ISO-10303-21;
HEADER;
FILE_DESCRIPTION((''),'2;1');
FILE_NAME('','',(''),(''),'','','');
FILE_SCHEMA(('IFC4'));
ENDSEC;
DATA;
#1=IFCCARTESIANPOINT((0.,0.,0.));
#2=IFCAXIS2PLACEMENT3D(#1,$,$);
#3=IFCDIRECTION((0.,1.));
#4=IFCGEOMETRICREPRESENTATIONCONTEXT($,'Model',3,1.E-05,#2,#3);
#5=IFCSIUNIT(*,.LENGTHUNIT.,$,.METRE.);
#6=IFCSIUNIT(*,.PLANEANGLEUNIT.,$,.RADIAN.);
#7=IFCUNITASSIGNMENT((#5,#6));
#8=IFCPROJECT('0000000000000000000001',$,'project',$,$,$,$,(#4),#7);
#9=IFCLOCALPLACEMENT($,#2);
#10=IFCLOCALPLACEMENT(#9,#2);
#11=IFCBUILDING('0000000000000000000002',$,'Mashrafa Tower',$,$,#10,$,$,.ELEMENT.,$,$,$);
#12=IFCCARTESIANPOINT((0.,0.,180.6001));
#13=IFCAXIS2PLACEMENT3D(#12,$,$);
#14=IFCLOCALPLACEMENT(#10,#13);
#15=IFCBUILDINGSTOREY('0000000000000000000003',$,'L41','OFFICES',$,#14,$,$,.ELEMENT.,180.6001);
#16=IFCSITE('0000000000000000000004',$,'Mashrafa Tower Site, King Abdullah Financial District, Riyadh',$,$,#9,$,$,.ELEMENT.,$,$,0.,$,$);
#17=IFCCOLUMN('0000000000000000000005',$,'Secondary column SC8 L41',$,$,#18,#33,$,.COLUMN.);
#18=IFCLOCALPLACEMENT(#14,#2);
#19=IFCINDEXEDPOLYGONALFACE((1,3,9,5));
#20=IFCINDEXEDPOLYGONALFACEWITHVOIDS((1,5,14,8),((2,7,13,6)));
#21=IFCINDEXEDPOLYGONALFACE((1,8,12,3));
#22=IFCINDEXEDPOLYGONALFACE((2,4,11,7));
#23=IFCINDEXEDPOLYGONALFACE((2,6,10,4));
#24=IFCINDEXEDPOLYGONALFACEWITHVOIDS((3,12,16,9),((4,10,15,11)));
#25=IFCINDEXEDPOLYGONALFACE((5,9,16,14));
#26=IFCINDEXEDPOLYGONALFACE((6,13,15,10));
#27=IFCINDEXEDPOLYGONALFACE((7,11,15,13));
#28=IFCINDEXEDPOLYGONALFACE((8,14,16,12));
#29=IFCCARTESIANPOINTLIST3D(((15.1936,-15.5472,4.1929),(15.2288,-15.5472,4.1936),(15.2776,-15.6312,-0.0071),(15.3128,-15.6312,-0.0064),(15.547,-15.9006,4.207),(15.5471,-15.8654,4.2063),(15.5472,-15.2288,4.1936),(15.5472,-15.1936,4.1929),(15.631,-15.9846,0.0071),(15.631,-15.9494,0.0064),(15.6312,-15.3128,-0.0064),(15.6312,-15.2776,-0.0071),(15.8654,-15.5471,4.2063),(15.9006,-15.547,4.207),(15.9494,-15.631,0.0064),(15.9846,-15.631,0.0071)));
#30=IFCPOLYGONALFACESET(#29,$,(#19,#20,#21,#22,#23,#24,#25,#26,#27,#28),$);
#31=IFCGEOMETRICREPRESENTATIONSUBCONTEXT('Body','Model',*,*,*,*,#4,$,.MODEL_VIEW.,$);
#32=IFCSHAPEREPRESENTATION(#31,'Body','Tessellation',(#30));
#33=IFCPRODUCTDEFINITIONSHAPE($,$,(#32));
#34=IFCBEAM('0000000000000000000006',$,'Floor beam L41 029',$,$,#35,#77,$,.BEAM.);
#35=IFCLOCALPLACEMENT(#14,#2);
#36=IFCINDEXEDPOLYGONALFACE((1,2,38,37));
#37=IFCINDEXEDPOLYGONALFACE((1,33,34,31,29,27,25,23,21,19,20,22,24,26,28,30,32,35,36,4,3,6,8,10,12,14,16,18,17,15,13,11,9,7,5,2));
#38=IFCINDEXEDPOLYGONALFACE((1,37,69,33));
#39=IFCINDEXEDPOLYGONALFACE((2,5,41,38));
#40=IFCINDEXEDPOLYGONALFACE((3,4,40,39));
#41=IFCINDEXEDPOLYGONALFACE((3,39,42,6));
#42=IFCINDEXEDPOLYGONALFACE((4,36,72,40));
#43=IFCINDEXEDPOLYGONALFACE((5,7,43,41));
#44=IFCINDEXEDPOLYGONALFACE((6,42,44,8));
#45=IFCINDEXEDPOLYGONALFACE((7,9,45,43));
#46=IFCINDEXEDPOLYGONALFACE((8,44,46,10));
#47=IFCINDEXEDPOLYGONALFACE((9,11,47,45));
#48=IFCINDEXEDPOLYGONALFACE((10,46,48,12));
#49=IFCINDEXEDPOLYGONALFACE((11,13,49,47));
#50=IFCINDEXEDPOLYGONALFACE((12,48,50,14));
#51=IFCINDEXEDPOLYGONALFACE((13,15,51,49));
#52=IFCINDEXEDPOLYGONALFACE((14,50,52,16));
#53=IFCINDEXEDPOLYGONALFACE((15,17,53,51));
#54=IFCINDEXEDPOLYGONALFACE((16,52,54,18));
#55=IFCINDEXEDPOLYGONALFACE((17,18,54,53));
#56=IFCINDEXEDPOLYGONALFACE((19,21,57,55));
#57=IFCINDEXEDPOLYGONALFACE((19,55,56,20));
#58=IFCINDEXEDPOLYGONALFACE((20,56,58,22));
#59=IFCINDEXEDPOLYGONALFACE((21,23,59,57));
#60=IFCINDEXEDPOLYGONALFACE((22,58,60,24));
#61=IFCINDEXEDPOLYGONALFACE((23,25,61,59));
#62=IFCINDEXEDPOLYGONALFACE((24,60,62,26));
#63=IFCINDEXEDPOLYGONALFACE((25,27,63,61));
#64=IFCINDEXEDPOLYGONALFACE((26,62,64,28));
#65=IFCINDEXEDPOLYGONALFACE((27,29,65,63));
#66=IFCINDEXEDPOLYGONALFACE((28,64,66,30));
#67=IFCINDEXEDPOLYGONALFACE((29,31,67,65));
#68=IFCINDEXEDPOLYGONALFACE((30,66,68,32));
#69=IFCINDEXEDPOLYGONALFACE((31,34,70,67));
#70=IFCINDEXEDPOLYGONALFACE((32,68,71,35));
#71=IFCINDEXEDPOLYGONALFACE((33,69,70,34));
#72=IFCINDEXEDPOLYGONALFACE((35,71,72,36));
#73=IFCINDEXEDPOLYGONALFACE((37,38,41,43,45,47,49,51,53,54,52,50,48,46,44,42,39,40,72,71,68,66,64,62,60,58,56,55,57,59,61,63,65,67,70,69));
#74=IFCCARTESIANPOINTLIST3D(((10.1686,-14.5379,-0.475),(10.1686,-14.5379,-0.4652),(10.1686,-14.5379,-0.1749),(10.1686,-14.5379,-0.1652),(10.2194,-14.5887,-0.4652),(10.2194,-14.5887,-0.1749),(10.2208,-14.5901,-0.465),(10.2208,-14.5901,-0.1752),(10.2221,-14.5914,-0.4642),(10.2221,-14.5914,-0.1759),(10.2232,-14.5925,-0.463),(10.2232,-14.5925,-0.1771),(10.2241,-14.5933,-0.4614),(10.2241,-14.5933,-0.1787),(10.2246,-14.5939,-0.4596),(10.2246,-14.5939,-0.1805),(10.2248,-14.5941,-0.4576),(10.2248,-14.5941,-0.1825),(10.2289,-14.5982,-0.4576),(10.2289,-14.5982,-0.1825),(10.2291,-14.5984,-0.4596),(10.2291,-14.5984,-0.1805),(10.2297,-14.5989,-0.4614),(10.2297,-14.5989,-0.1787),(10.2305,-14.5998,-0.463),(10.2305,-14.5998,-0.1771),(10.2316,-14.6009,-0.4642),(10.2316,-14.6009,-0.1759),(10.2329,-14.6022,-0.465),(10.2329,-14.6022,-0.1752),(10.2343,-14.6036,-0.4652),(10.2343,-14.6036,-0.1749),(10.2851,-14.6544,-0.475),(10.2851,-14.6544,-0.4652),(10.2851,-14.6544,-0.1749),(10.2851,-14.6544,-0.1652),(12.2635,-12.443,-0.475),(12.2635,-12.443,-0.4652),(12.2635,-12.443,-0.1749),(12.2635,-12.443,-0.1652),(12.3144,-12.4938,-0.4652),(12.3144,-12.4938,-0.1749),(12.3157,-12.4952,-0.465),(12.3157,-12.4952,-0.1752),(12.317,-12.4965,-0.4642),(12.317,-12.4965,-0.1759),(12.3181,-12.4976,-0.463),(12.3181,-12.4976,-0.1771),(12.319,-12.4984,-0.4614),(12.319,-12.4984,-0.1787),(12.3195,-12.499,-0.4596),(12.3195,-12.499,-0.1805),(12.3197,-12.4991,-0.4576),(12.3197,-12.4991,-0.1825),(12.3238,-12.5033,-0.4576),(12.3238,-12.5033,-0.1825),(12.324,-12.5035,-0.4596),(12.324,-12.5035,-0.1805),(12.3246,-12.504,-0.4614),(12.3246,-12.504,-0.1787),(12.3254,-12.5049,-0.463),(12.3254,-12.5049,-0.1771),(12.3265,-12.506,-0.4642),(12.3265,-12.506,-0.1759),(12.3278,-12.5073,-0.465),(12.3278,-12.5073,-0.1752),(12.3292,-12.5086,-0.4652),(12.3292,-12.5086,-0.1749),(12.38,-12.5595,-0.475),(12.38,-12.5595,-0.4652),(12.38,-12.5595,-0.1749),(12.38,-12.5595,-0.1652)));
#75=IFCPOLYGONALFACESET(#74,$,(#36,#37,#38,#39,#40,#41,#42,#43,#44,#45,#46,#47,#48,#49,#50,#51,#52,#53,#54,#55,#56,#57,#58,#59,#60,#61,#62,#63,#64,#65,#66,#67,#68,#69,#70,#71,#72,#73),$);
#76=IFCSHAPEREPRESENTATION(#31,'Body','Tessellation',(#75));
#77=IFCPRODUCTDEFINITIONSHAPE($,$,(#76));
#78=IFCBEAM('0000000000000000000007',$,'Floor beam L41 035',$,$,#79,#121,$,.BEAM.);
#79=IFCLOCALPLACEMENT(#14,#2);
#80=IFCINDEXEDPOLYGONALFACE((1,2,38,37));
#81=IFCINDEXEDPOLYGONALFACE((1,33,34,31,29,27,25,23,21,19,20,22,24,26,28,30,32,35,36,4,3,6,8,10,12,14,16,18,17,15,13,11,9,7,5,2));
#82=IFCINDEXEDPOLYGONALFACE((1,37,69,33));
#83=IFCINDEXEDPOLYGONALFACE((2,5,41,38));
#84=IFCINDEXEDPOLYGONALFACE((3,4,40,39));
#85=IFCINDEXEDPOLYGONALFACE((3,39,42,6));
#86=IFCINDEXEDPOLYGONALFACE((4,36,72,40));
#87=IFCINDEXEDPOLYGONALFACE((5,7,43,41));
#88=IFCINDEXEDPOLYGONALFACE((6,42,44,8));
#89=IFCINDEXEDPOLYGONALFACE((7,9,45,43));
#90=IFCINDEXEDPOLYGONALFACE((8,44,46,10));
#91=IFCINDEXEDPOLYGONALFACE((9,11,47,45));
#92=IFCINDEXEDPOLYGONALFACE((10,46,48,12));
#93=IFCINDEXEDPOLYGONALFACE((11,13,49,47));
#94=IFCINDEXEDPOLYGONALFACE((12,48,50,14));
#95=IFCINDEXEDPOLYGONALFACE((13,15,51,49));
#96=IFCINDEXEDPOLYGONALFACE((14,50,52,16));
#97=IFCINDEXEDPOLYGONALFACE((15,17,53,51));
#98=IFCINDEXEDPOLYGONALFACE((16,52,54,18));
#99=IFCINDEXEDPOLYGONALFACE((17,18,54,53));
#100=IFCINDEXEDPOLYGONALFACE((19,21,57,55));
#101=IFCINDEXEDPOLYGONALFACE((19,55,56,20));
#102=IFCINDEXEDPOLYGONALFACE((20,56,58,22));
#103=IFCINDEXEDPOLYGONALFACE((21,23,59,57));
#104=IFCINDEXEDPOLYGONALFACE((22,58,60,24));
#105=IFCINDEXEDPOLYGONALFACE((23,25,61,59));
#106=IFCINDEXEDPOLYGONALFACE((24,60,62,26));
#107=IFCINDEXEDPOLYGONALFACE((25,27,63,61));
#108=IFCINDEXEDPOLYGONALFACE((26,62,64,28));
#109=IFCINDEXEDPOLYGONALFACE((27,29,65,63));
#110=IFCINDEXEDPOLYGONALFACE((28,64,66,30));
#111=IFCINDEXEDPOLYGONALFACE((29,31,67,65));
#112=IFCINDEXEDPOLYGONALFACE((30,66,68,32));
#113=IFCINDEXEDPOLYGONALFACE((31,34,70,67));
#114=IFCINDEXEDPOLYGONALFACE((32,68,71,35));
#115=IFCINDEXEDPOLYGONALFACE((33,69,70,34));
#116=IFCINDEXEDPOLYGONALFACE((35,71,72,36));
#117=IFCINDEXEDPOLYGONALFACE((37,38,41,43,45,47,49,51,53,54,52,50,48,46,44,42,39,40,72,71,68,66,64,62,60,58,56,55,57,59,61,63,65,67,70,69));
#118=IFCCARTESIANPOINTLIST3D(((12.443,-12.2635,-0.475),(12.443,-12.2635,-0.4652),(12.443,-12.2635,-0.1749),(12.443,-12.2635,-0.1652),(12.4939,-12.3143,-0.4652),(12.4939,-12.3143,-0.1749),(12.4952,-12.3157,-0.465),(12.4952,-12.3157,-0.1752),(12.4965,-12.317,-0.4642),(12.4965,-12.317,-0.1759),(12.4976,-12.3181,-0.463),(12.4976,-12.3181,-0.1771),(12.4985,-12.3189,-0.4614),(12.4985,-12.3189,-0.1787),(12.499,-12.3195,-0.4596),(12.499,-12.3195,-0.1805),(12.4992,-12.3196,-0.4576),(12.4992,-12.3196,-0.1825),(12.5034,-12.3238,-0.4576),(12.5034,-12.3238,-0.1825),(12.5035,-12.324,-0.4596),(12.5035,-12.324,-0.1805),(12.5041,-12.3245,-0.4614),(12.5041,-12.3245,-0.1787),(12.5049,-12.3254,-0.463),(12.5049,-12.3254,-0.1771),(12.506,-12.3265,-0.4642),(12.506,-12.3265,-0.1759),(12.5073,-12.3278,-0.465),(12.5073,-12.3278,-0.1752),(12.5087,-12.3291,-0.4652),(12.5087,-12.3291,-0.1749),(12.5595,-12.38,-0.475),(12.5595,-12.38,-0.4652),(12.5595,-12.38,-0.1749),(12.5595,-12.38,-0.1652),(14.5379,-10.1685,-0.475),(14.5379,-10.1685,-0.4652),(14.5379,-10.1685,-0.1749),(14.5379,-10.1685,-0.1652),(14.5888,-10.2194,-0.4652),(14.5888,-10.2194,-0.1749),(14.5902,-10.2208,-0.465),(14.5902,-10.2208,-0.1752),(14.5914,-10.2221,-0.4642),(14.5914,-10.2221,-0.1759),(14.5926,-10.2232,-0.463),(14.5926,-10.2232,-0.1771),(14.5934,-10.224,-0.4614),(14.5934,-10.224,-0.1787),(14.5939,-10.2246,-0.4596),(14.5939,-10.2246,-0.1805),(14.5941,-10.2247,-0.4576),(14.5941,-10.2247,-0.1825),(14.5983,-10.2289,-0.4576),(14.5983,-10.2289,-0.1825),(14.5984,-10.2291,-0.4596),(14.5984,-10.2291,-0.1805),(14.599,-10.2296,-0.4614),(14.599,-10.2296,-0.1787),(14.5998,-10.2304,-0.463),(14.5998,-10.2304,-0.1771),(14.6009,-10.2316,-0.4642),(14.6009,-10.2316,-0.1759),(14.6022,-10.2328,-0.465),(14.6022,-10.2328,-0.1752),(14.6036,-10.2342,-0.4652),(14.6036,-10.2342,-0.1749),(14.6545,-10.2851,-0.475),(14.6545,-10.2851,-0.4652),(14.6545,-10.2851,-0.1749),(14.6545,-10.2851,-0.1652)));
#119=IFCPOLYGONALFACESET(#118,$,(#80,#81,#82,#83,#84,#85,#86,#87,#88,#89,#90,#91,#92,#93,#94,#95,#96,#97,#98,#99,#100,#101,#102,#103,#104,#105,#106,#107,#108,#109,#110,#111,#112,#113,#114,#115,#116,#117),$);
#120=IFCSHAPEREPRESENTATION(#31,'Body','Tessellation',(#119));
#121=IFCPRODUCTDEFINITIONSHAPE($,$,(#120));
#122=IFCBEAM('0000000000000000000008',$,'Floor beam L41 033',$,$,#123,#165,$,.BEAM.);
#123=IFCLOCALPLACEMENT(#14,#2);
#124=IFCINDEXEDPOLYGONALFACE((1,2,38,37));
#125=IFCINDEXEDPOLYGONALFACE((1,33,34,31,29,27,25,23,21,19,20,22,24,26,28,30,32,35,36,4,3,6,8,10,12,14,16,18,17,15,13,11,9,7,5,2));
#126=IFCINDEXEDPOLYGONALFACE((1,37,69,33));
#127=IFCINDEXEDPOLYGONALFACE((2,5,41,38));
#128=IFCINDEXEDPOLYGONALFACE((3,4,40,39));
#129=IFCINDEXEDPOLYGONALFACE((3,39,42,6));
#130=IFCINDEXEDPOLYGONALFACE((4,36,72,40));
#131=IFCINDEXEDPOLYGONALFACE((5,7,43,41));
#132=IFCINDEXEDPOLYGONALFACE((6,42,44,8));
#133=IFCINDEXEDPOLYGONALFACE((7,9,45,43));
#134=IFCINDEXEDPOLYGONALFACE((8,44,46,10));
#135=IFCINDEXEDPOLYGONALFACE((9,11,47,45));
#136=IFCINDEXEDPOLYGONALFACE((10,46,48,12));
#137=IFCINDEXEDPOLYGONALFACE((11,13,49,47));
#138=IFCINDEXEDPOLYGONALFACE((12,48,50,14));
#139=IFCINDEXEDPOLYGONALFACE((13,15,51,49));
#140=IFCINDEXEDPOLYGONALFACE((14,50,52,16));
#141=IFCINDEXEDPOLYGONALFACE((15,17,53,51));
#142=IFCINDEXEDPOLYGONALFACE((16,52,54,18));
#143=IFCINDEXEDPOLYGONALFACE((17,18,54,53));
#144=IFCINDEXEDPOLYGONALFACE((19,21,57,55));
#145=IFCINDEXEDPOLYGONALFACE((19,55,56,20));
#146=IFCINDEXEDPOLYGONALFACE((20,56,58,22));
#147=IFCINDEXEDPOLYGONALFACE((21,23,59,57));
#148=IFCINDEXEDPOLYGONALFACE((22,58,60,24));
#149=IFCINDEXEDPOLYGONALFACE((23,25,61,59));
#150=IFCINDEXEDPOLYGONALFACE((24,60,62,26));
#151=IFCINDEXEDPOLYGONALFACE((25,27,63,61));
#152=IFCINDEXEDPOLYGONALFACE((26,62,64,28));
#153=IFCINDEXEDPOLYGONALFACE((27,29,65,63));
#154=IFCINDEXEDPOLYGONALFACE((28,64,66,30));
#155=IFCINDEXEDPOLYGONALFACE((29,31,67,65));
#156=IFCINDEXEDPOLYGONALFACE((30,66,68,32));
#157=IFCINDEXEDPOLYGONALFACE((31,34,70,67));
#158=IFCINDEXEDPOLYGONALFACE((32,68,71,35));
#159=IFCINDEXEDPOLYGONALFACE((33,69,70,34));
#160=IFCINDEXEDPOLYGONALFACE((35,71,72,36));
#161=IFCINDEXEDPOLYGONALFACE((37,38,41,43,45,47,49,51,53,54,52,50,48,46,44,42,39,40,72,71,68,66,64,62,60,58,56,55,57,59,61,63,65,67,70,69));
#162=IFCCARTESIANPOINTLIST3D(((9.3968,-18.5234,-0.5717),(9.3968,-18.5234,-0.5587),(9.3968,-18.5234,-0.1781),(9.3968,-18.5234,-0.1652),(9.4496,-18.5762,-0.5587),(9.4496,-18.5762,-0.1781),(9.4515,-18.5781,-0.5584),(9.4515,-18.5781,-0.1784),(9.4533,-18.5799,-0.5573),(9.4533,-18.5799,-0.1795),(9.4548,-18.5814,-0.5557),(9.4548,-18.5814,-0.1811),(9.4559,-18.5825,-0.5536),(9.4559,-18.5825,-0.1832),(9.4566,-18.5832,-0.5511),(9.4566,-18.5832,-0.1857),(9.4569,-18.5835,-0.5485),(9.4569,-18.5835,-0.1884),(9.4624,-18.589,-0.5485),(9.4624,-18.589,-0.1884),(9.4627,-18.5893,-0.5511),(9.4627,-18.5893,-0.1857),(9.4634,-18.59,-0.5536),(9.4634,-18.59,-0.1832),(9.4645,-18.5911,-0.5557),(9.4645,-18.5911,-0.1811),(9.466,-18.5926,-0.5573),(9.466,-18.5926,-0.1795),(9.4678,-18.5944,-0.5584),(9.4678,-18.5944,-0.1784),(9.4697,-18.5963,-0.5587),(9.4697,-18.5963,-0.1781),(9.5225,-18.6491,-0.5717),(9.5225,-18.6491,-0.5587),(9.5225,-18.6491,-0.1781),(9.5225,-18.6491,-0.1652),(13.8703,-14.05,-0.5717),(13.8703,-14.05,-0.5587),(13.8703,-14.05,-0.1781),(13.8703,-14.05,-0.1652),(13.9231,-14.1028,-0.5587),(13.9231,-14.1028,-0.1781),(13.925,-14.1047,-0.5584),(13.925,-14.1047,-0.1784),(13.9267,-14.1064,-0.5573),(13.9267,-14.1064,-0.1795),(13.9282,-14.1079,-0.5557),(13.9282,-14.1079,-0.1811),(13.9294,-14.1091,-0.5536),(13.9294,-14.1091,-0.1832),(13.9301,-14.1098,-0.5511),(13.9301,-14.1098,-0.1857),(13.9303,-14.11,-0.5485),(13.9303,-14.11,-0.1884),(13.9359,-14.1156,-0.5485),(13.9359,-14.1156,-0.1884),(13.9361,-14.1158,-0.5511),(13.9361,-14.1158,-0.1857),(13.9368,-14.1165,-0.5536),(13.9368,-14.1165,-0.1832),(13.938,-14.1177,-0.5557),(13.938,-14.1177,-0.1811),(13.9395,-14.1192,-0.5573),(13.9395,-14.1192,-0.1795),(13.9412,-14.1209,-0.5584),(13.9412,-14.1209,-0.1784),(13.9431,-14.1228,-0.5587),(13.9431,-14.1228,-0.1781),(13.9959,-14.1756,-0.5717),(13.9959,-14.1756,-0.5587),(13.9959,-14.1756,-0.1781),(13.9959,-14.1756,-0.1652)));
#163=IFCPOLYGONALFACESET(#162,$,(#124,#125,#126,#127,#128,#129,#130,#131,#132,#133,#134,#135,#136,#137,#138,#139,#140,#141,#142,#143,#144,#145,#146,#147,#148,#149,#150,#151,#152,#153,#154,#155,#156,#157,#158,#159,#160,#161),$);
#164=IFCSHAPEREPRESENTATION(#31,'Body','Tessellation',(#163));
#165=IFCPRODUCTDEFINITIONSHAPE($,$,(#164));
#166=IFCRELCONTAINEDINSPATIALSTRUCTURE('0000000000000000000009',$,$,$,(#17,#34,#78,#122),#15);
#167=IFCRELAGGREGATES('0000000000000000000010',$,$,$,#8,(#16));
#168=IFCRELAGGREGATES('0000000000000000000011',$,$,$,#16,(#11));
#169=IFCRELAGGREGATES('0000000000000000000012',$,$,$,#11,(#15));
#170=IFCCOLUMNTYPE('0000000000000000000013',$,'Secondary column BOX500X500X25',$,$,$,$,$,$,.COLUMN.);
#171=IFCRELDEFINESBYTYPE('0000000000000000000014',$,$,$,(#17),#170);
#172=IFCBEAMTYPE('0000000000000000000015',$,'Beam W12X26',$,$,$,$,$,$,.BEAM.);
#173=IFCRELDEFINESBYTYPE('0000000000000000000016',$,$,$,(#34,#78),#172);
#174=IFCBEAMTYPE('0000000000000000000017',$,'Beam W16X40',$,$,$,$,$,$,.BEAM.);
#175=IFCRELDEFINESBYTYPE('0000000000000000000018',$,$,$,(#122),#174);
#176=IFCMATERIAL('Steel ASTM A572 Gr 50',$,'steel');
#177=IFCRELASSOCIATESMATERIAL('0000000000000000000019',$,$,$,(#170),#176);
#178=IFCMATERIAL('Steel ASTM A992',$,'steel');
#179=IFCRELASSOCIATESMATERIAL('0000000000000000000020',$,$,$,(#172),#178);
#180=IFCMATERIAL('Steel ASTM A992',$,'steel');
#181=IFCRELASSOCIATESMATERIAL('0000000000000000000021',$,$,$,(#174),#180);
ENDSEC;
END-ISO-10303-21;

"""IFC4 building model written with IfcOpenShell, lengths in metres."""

from ifc_helpers import new_model, si_unit, direction, frame, origin, origin_2d, place, context, subcontext, project, spatial, hollow_rectangle, i_section, extrude, material, material_profile, profile_set, type_object, element, save


model = new_model("IFC4")

# Units and contexts
model_context = context("Model", 3, precision=1e-05, world=origin(), true_north=direction((0.0, 1.0)))
body_context = subcontext(model_context, "Body", "Model", "MODEL_VIEW")
ifc_project = project(units=[si_unit("LENGTHUNIT", "METRE"), si_unit("PLANEANGLEUNIT", "RADIAN")], contexts=[model_context])

# Site, building, storey
site_placement = place(None, origin())
site = spatial("IfcSite", under=ifc_project, at=site_placement, Name="Mashrafa Tower Site, King Abdullah Financial District, Riyadh", CompositionType="ELEMENT", RefElevation=0.0)
building_placement = place(site_placement, origin())
building = spatial("IfcBuilding", under=site, at=building_placement, Name="Mashrafa Tower", CompositionType="ELEMENT")
storey_placement = place(building_placement, frame((0.0, 0.0, 180.6001)))
storey = spatial("IfcBuildingStorey", under=building, at=storey_placement, Name="L41", Description="OFFICES", CompositionType="ELEMENT", Elevation=180.6001)

# Column
ifc_material_1 = material(Name="Steel ASTM A572 Gr 50", Category="steel")
ifc_material_profile_1 = material_profile(ifc_material_1, hollow_rectangle(XDim=0.5, YDim=0.5, WallThickness=0.0249, at=origin_2d()), Name="BOX500X500X25")
ifc_profile_set_1 = profile_set([ifc_material_profile_1], Name="Steel ASTM A572 Gr 50")
column_type = type_object("IfcColumnType", Name="Secondary column BOX500X500X25", PredefinedType="COLUMN", material=ifc_profile_set_1)
column_placement = place(storey_placement, frame((15.6311, -15.6311, 0.0), z_axis=(-0.019989, 0.019989, 0.9996), x_axis=(-0.707107, -0.707107, 0.0)))
element("IfcColumn", 1, at=column_placement, inside=storey, type_object=column_type, Name="Secondary column SC8 L41", PredefinedType="COLUMN", context=body_context, shape_type="SweptSolid", body=[
    extrude(hollow_rectangle(XDim=0.5, YDim=0.5, WallThickness=0.0249, at=origin_2d()), origin(), (0.0, 0.0, 1.0), 4.2017),
])

# Beams
ifc_material_2 = material(Name="Steel ASTM A992", Category="steel")
ifc_material_profile_2 = material_profile(ifc_material_2, i_section(OverallWidth=0.1648, OverallDepth=0.3098, WebThickness=0.0059, FlangeThickness=0.0098, FilletRadius=0.0076, at=origin_2d()), Name="W12X26")
ifc_profile_set_2 = profile_set([ifc_material_profile_2], Name="Steel ASTM A992")
beam_type_1 = type_object("IfcBeamType", Name="Beam W12X26", PredefinedType="BEAM", material=ifc_profile_set_2)
for number, where, z_axis, x_axis, name in (
    (2, (12.3218, -12.5012, -0.3201), (-0.707107, -0.707107, 0.0), (0.707107, -0.707107, 0.0), "Floor beam L41 029"),
    (3, (14.5962, -10.2268, -0.3201), (-0.707107, -0.707107, 0.0), (0.707107, -0.707107, 0.0), "Floor beam L41 035"),
):
    element("IfcBeam", number, at=place(storey_placement, frame(where, z_axis=z_axis, x_axis=x_axis)), inside=storey, type_object=beam_type_1, Name=name, PredefinedType="BEAM", context=body_context, shape_type="SweptSolid", body=[
        extrude(i_section(OverallWidth=0.1648, OverallDepth=0.3098, WebThickness=0.0059, FlangeThickness=0.0098, FilletRadius=0.0076, at=origin_2d()), origin(), (0.0, 0.0, 1.0), 2.9626),
    ])
ifc_material_3 = material(Name="Steel ASTM A992", Category="steel")
ifc_material_profile_3 = material_profile(ifc_material_3, i_section(OverallWidth=0.1777, OverallDepth=0.4065, WebThickness=0.0078, FlangeThickness=0.0129, FilletRadius=0.0103, at=origin_2d()), Name="W16X40")
ifc_profile_set_3 = profile_set([ifc_material_profile_3], Name="Steel ASTM A992")
beam_type_2 = type_object("IfcBeamType", Name="Beam W16X40", PredefinedType="BEAM", material=ifc_profile_set_3)
for number, where, z_axis, x_axis, name in (
    (4, (13.9331, -14.1128, -0.3684), (-0.707107, -0.707107, 0.0), (0.707107, -0.707107, 0.0), "Floor beam L41 033"),
):
    element("IfcBeam", number, at=place(storey_placement, frame(where, z_axis=z_axis, x_axis=x_axis)), inside=storey, type_object=beam_type_2, Name=name, PredefinedType="BEAM", context=body_context, shape_type="SweptSolid", body=[
        extrude(i_section(OverallWidth=0.1777, OverallDepth=0.4065, WebThickness=0.0078, FlangeThickness=0.0129, FilletRadius=0.0103, at=origin_2d()), origin(), (0.0, 0.0, 1.0), 6.3264),
    ])

save(model, "model.ifc")
